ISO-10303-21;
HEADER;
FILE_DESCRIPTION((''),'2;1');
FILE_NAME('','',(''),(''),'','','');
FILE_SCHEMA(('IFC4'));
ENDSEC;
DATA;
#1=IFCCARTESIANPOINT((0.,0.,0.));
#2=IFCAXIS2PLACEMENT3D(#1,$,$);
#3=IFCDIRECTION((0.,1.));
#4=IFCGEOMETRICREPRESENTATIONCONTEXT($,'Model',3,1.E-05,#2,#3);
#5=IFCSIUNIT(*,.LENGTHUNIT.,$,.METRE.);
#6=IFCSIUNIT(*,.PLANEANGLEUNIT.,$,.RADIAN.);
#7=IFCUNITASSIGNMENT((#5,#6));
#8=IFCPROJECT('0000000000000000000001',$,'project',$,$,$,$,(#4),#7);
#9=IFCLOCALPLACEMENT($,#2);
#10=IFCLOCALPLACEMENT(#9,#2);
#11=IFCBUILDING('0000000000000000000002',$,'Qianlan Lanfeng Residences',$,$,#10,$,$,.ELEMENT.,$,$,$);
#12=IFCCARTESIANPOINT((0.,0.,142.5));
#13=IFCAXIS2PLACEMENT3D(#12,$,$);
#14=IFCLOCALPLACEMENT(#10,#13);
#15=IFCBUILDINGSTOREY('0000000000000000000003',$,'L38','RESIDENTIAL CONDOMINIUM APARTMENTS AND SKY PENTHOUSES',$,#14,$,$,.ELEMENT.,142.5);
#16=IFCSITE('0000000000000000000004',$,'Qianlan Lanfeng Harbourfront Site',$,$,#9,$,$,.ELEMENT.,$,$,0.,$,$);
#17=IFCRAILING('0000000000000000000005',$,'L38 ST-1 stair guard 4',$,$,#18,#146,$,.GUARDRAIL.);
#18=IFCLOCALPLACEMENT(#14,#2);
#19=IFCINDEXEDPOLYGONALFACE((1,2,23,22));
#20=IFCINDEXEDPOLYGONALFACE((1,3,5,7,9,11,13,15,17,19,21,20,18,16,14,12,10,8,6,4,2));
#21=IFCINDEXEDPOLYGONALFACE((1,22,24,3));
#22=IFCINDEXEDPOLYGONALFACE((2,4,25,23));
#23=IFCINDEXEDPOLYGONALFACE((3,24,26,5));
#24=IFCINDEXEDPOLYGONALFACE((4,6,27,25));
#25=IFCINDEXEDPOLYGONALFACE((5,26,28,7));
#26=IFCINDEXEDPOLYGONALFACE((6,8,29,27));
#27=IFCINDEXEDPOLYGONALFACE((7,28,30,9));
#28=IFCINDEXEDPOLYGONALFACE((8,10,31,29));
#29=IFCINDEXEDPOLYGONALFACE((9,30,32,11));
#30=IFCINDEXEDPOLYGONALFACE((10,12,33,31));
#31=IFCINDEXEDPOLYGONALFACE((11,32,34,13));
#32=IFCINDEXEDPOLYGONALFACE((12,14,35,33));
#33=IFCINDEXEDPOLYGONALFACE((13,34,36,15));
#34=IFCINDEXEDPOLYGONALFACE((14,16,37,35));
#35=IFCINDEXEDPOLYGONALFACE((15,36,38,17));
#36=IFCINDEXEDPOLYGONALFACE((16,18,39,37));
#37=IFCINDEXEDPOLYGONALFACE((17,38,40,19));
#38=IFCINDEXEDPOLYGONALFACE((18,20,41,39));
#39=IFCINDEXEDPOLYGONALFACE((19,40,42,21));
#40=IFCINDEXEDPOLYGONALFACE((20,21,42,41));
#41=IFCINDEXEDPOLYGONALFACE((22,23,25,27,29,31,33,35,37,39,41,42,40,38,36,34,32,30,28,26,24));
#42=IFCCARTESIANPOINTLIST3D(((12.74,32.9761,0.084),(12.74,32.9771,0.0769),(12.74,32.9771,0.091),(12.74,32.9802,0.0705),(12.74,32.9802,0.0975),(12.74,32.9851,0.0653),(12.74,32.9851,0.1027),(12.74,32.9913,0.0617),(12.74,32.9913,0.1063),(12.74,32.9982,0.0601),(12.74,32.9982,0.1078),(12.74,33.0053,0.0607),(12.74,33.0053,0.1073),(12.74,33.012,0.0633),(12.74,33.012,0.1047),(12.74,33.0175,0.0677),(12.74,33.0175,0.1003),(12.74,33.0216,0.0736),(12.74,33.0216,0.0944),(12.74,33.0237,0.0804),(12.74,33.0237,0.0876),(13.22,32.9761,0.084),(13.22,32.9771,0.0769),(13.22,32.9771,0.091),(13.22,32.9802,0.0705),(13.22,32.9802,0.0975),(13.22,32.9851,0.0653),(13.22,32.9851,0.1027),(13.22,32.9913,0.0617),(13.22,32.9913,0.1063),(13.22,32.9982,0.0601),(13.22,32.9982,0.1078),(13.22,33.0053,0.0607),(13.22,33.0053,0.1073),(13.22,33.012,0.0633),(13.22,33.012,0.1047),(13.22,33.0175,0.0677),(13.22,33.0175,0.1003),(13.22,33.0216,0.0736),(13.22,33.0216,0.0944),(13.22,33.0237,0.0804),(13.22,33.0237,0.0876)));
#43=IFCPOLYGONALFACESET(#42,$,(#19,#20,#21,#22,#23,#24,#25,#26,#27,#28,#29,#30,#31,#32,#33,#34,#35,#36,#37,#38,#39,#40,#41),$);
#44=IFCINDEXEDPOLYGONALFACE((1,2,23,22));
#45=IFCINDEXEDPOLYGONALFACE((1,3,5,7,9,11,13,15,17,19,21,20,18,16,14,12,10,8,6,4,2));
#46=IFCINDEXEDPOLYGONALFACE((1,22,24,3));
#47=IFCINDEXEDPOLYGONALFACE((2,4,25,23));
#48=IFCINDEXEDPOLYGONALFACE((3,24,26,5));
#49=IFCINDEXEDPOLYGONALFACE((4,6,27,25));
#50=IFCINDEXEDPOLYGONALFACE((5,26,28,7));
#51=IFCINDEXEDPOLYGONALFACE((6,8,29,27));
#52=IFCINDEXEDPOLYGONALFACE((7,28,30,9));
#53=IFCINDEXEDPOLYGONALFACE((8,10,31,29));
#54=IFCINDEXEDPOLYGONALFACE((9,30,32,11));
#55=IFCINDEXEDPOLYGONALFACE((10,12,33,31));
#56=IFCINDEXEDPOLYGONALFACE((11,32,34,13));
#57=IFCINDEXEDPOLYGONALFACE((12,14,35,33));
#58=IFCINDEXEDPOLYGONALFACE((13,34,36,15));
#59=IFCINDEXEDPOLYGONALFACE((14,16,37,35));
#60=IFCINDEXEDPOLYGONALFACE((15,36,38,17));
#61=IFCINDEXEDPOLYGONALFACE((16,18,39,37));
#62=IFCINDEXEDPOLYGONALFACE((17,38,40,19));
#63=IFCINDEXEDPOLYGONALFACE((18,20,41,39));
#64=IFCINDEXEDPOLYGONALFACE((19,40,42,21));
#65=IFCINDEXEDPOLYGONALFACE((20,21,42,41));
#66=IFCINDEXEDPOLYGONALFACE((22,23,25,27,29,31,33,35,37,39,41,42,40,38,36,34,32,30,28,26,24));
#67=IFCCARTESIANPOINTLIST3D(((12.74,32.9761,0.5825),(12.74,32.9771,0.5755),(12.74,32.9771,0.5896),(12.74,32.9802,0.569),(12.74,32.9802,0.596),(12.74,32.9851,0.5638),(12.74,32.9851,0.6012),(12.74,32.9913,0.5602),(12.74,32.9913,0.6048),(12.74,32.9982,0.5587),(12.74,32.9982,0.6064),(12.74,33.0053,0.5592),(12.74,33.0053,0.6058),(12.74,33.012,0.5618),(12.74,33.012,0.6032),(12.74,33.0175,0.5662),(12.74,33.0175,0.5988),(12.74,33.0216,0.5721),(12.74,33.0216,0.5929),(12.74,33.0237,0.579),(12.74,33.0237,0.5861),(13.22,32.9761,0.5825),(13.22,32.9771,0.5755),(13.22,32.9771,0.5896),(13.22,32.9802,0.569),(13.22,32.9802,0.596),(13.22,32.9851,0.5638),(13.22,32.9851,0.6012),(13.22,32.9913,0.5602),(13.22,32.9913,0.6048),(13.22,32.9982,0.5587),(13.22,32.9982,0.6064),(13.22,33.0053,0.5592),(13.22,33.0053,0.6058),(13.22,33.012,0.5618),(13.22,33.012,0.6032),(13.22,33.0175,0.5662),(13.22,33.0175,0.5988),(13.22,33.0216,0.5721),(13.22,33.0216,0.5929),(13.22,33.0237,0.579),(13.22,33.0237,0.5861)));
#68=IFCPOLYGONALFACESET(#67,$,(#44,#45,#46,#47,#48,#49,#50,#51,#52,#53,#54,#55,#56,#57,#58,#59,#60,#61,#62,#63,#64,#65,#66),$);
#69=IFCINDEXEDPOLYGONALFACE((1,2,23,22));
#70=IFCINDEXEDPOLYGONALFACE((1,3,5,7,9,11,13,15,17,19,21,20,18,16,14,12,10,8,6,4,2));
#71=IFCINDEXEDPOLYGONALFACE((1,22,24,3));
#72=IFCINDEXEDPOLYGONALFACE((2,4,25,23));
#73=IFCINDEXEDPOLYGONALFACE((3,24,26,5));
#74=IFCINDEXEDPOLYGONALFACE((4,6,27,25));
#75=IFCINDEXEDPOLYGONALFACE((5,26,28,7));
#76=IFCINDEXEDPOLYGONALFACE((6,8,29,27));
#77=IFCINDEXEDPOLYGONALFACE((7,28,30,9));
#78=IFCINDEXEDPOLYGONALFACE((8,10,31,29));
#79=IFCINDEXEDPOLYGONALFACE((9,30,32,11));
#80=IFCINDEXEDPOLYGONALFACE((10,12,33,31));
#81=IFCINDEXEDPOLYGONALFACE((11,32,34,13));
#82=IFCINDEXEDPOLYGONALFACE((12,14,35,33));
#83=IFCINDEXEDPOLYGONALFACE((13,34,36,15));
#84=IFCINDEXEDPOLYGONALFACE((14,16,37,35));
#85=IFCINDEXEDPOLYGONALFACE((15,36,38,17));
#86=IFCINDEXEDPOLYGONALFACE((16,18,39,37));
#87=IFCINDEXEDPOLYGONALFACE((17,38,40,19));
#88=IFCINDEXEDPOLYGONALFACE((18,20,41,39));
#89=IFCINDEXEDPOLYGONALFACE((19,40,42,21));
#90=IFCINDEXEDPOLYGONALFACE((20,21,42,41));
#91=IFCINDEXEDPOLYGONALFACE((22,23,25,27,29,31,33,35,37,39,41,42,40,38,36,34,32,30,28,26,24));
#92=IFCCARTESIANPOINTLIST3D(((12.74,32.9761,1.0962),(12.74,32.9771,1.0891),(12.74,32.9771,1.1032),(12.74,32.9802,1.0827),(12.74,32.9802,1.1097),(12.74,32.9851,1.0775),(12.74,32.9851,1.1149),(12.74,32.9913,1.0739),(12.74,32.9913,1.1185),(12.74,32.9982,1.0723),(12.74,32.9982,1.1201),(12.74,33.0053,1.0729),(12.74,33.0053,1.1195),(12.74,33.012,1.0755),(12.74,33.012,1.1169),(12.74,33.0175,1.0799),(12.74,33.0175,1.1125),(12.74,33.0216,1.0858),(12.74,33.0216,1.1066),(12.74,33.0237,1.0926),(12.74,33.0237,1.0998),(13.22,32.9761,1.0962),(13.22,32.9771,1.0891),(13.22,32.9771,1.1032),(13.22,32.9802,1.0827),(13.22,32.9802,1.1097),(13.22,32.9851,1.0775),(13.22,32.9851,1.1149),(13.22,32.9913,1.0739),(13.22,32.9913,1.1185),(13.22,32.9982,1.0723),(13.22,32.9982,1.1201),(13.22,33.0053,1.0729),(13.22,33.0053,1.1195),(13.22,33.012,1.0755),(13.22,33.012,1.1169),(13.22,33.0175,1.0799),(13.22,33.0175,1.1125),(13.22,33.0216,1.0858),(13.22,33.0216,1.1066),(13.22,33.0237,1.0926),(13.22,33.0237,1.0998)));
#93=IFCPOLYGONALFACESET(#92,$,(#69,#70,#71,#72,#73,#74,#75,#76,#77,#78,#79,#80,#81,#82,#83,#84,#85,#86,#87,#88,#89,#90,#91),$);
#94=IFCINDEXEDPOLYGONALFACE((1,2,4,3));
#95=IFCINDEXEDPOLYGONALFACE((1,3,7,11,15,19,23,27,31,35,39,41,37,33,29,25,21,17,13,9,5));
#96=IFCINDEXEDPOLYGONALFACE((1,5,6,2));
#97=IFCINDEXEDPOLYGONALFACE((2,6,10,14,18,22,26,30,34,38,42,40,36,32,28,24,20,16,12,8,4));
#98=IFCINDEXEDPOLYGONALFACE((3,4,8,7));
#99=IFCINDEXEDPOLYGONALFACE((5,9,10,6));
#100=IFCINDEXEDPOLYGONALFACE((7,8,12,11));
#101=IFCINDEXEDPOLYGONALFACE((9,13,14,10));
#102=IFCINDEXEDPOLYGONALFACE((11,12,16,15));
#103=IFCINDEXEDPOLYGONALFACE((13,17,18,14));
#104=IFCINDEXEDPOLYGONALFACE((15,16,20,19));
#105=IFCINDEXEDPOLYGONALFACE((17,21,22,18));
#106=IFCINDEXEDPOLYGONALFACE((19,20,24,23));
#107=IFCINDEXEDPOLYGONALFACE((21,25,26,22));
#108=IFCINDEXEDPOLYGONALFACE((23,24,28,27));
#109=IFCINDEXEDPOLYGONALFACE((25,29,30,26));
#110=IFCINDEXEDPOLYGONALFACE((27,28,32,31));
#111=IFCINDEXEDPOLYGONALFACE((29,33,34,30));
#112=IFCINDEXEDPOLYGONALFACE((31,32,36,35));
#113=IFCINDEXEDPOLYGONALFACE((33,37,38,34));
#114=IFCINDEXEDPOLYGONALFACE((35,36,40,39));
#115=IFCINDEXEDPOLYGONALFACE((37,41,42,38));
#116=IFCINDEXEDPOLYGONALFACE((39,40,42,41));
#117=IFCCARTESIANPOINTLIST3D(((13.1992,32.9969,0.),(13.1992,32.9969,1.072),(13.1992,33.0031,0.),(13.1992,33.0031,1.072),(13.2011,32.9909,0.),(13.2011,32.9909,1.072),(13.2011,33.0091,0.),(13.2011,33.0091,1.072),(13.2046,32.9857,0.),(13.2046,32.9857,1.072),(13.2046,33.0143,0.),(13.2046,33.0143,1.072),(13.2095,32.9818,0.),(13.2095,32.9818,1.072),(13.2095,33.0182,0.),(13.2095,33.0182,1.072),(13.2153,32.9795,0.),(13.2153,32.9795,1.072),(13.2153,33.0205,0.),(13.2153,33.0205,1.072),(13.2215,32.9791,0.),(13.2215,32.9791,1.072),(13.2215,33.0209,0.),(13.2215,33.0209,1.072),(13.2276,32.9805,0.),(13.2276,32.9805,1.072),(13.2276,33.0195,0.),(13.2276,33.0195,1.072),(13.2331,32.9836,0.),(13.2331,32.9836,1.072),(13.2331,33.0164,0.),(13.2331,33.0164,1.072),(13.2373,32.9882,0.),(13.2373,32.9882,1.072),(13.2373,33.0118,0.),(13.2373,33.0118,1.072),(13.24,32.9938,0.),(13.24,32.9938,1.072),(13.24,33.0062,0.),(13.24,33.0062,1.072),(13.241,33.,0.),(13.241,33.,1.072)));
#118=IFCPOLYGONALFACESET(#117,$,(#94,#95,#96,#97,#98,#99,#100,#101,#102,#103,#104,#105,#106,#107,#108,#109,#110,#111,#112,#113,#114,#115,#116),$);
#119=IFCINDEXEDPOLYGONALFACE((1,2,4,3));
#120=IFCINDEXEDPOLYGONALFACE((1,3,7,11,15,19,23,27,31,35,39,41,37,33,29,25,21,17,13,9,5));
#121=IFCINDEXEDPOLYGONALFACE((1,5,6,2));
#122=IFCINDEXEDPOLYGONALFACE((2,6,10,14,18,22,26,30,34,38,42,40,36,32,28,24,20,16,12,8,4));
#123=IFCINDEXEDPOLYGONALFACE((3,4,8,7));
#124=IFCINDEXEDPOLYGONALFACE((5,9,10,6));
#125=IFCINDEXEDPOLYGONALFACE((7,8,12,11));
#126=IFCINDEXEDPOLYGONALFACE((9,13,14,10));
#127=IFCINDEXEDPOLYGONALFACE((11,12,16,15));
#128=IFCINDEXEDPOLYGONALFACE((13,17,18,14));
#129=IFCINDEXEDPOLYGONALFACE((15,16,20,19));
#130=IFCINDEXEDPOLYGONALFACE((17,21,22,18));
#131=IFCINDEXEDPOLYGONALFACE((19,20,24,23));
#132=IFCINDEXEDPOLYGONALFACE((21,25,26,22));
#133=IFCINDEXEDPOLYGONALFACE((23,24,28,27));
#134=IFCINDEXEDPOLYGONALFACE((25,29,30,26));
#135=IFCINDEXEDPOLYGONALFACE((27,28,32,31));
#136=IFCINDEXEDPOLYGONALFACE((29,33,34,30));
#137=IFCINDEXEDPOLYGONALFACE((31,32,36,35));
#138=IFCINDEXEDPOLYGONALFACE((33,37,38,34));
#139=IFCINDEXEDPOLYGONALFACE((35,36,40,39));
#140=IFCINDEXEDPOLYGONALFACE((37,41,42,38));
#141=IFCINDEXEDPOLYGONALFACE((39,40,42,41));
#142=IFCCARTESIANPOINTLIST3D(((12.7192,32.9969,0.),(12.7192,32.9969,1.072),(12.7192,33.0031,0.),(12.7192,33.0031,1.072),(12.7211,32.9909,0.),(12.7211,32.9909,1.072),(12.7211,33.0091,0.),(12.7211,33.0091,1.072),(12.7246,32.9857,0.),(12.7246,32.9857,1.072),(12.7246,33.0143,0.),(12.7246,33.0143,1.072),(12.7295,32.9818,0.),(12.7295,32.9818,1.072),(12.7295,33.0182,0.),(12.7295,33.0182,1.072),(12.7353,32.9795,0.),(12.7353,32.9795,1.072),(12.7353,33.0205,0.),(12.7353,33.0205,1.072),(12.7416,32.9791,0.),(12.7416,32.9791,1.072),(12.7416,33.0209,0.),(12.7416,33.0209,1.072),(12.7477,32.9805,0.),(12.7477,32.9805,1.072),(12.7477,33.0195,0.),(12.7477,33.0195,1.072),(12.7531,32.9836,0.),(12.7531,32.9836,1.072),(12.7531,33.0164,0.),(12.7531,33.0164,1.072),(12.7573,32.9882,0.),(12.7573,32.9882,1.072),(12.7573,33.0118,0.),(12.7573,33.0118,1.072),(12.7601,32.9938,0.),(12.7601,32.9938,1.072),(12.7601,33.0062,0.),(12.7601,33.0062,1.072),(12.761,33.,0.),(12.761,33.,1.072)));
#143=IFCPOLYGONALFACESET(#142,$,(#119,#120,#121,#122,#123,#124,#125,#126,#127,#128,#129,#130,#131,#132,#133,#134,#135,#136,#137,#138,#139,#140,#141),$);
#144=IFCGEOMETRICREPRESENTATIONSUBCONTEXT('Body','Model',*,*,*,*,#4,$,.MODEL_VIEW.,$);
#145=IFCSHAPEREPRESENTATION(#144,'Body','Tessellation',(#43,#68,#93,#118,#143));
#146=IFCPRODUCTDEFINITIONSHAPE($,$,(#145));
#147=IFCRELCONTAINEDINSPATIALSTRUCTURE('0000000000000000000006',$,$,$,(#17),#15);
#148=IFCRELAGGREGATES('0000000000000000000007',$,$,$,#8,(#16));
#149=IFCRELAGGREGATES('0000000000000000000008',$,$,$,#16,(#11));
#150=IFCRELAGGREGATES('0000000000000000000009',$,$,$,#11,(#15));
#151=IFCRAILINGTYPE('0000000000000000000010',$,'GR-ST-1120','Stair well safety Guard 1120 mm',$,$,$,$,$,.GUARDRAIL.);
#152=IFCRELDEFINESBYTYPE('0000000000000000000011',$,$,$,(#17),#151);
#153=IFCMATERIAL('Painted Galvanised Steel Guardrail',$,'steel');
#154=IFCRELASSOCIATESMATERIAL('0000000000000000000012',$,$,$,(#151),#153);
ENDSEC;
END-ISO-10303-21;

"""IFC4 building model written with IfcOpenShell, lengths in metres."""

from ifc_helpers import new_model, si_unit, direction, frame, origin, origin_2d, place, context, subcontext, project, spatial, circle, extrude, material, type_object, element, save


model = new_model("IFC4")

# Units and contexts
model_context = context("Model", 3, precision=1e-05, world=origin(), true_north=direction((0.0, 1.0)))
body_context = subcontext(model_context, "Body", "Model", "MODEL_VIEW")
ifc_project = project(units=[si_unit("LENGTHUNIT", "METRE"), si_unit("PLANEANGLEUNIT", "RADIAN")], contexts=[model_context])

# Site, building, storey
site_placement = place(None, origin())
site = spatial("IfcSite", under=ifc_project, at=site_placement, Name="Qianlan Lanfeng Harbourfront Site", CompositionType="ELEMENT", RefElevation=0.0)
building_placement = place(site_placement, origin())
building = spatial("IfcBuilding", under=site, at=building_placement, Name="Qianlan Lanfeng Residences", CompositionType="ELEMENT")
storey_placement = place(building_placement, frame((0.0, 0.0, 142.5)))
storey = spatial("IfcBuildingStorey", under=building, at=storey_placement, Name="L38", Description="RESIDENTIAL CONDOMINIUM APARTMENTS AND SKY PENTHOUSES", CompositionType="ELEMENT", Elevation=142.5)

# Railing
ifc_material_1 = material(Name="Painted Galvanised Steel Guardrail", Category="steel")
railing_type_1 = type_object("IfcRailingType", Name="GR-ST-1120", Description="Stair well safety Guard 1120 mm", PredefinedType="GUARDRAIL", material=ifc_material_1)
railing_1_placement = place(storey_placement, frame((13.22, 33.0, 0.0)))
element("IfcRailing", 1, at=railing_1_placement, inside=storey, type_object=railing_type_1, Name="L38 ST-1 stair guard 4", PredefinedType="GUARDRAIL", context=body_context, shape_type="SweptSolid", body=[
    extrude(circle(Radius=0.0239, at=origin_2d()), frame((0.0, 0.0, 0.084), z_axis=(-1.0, 0.0, 0.0), x_axis=(0.0, -1.0, 0.0)), (0.0, 0.0, 1.0), 0.48),
    extrude(circle(Radius=0.0239, at=origin_2d()), frame((0.0, 0.0, 0.5825), z_axis=(-1.0, 0.0, 0.0), x_axis=(0.0, -1.0, 0.0)), (0.0, 0.0, 1.0), 0.48),
    extrude(circle(Radius=0.0239, at=origin_2d()), frame((0.0, 0.0, 1.0962), z_axis=(-1.0, 0.0, 0.0), x_axis=(0.0, -1.0, 0.0)), (0.0, 0.0, 1.0), 0.48),
    extrude(circle(Radius=0.021, at=origin_2d()), origin(), (0.0, 0.0, 1.0), 1.072),
    extrude(circle(Radius=0.021, at=origin_2d()), frame((-0.48, 0.0, 0.0)), (0.0, 0.0, 1.0), 1.072),
])

save(model, "model.ifc")
